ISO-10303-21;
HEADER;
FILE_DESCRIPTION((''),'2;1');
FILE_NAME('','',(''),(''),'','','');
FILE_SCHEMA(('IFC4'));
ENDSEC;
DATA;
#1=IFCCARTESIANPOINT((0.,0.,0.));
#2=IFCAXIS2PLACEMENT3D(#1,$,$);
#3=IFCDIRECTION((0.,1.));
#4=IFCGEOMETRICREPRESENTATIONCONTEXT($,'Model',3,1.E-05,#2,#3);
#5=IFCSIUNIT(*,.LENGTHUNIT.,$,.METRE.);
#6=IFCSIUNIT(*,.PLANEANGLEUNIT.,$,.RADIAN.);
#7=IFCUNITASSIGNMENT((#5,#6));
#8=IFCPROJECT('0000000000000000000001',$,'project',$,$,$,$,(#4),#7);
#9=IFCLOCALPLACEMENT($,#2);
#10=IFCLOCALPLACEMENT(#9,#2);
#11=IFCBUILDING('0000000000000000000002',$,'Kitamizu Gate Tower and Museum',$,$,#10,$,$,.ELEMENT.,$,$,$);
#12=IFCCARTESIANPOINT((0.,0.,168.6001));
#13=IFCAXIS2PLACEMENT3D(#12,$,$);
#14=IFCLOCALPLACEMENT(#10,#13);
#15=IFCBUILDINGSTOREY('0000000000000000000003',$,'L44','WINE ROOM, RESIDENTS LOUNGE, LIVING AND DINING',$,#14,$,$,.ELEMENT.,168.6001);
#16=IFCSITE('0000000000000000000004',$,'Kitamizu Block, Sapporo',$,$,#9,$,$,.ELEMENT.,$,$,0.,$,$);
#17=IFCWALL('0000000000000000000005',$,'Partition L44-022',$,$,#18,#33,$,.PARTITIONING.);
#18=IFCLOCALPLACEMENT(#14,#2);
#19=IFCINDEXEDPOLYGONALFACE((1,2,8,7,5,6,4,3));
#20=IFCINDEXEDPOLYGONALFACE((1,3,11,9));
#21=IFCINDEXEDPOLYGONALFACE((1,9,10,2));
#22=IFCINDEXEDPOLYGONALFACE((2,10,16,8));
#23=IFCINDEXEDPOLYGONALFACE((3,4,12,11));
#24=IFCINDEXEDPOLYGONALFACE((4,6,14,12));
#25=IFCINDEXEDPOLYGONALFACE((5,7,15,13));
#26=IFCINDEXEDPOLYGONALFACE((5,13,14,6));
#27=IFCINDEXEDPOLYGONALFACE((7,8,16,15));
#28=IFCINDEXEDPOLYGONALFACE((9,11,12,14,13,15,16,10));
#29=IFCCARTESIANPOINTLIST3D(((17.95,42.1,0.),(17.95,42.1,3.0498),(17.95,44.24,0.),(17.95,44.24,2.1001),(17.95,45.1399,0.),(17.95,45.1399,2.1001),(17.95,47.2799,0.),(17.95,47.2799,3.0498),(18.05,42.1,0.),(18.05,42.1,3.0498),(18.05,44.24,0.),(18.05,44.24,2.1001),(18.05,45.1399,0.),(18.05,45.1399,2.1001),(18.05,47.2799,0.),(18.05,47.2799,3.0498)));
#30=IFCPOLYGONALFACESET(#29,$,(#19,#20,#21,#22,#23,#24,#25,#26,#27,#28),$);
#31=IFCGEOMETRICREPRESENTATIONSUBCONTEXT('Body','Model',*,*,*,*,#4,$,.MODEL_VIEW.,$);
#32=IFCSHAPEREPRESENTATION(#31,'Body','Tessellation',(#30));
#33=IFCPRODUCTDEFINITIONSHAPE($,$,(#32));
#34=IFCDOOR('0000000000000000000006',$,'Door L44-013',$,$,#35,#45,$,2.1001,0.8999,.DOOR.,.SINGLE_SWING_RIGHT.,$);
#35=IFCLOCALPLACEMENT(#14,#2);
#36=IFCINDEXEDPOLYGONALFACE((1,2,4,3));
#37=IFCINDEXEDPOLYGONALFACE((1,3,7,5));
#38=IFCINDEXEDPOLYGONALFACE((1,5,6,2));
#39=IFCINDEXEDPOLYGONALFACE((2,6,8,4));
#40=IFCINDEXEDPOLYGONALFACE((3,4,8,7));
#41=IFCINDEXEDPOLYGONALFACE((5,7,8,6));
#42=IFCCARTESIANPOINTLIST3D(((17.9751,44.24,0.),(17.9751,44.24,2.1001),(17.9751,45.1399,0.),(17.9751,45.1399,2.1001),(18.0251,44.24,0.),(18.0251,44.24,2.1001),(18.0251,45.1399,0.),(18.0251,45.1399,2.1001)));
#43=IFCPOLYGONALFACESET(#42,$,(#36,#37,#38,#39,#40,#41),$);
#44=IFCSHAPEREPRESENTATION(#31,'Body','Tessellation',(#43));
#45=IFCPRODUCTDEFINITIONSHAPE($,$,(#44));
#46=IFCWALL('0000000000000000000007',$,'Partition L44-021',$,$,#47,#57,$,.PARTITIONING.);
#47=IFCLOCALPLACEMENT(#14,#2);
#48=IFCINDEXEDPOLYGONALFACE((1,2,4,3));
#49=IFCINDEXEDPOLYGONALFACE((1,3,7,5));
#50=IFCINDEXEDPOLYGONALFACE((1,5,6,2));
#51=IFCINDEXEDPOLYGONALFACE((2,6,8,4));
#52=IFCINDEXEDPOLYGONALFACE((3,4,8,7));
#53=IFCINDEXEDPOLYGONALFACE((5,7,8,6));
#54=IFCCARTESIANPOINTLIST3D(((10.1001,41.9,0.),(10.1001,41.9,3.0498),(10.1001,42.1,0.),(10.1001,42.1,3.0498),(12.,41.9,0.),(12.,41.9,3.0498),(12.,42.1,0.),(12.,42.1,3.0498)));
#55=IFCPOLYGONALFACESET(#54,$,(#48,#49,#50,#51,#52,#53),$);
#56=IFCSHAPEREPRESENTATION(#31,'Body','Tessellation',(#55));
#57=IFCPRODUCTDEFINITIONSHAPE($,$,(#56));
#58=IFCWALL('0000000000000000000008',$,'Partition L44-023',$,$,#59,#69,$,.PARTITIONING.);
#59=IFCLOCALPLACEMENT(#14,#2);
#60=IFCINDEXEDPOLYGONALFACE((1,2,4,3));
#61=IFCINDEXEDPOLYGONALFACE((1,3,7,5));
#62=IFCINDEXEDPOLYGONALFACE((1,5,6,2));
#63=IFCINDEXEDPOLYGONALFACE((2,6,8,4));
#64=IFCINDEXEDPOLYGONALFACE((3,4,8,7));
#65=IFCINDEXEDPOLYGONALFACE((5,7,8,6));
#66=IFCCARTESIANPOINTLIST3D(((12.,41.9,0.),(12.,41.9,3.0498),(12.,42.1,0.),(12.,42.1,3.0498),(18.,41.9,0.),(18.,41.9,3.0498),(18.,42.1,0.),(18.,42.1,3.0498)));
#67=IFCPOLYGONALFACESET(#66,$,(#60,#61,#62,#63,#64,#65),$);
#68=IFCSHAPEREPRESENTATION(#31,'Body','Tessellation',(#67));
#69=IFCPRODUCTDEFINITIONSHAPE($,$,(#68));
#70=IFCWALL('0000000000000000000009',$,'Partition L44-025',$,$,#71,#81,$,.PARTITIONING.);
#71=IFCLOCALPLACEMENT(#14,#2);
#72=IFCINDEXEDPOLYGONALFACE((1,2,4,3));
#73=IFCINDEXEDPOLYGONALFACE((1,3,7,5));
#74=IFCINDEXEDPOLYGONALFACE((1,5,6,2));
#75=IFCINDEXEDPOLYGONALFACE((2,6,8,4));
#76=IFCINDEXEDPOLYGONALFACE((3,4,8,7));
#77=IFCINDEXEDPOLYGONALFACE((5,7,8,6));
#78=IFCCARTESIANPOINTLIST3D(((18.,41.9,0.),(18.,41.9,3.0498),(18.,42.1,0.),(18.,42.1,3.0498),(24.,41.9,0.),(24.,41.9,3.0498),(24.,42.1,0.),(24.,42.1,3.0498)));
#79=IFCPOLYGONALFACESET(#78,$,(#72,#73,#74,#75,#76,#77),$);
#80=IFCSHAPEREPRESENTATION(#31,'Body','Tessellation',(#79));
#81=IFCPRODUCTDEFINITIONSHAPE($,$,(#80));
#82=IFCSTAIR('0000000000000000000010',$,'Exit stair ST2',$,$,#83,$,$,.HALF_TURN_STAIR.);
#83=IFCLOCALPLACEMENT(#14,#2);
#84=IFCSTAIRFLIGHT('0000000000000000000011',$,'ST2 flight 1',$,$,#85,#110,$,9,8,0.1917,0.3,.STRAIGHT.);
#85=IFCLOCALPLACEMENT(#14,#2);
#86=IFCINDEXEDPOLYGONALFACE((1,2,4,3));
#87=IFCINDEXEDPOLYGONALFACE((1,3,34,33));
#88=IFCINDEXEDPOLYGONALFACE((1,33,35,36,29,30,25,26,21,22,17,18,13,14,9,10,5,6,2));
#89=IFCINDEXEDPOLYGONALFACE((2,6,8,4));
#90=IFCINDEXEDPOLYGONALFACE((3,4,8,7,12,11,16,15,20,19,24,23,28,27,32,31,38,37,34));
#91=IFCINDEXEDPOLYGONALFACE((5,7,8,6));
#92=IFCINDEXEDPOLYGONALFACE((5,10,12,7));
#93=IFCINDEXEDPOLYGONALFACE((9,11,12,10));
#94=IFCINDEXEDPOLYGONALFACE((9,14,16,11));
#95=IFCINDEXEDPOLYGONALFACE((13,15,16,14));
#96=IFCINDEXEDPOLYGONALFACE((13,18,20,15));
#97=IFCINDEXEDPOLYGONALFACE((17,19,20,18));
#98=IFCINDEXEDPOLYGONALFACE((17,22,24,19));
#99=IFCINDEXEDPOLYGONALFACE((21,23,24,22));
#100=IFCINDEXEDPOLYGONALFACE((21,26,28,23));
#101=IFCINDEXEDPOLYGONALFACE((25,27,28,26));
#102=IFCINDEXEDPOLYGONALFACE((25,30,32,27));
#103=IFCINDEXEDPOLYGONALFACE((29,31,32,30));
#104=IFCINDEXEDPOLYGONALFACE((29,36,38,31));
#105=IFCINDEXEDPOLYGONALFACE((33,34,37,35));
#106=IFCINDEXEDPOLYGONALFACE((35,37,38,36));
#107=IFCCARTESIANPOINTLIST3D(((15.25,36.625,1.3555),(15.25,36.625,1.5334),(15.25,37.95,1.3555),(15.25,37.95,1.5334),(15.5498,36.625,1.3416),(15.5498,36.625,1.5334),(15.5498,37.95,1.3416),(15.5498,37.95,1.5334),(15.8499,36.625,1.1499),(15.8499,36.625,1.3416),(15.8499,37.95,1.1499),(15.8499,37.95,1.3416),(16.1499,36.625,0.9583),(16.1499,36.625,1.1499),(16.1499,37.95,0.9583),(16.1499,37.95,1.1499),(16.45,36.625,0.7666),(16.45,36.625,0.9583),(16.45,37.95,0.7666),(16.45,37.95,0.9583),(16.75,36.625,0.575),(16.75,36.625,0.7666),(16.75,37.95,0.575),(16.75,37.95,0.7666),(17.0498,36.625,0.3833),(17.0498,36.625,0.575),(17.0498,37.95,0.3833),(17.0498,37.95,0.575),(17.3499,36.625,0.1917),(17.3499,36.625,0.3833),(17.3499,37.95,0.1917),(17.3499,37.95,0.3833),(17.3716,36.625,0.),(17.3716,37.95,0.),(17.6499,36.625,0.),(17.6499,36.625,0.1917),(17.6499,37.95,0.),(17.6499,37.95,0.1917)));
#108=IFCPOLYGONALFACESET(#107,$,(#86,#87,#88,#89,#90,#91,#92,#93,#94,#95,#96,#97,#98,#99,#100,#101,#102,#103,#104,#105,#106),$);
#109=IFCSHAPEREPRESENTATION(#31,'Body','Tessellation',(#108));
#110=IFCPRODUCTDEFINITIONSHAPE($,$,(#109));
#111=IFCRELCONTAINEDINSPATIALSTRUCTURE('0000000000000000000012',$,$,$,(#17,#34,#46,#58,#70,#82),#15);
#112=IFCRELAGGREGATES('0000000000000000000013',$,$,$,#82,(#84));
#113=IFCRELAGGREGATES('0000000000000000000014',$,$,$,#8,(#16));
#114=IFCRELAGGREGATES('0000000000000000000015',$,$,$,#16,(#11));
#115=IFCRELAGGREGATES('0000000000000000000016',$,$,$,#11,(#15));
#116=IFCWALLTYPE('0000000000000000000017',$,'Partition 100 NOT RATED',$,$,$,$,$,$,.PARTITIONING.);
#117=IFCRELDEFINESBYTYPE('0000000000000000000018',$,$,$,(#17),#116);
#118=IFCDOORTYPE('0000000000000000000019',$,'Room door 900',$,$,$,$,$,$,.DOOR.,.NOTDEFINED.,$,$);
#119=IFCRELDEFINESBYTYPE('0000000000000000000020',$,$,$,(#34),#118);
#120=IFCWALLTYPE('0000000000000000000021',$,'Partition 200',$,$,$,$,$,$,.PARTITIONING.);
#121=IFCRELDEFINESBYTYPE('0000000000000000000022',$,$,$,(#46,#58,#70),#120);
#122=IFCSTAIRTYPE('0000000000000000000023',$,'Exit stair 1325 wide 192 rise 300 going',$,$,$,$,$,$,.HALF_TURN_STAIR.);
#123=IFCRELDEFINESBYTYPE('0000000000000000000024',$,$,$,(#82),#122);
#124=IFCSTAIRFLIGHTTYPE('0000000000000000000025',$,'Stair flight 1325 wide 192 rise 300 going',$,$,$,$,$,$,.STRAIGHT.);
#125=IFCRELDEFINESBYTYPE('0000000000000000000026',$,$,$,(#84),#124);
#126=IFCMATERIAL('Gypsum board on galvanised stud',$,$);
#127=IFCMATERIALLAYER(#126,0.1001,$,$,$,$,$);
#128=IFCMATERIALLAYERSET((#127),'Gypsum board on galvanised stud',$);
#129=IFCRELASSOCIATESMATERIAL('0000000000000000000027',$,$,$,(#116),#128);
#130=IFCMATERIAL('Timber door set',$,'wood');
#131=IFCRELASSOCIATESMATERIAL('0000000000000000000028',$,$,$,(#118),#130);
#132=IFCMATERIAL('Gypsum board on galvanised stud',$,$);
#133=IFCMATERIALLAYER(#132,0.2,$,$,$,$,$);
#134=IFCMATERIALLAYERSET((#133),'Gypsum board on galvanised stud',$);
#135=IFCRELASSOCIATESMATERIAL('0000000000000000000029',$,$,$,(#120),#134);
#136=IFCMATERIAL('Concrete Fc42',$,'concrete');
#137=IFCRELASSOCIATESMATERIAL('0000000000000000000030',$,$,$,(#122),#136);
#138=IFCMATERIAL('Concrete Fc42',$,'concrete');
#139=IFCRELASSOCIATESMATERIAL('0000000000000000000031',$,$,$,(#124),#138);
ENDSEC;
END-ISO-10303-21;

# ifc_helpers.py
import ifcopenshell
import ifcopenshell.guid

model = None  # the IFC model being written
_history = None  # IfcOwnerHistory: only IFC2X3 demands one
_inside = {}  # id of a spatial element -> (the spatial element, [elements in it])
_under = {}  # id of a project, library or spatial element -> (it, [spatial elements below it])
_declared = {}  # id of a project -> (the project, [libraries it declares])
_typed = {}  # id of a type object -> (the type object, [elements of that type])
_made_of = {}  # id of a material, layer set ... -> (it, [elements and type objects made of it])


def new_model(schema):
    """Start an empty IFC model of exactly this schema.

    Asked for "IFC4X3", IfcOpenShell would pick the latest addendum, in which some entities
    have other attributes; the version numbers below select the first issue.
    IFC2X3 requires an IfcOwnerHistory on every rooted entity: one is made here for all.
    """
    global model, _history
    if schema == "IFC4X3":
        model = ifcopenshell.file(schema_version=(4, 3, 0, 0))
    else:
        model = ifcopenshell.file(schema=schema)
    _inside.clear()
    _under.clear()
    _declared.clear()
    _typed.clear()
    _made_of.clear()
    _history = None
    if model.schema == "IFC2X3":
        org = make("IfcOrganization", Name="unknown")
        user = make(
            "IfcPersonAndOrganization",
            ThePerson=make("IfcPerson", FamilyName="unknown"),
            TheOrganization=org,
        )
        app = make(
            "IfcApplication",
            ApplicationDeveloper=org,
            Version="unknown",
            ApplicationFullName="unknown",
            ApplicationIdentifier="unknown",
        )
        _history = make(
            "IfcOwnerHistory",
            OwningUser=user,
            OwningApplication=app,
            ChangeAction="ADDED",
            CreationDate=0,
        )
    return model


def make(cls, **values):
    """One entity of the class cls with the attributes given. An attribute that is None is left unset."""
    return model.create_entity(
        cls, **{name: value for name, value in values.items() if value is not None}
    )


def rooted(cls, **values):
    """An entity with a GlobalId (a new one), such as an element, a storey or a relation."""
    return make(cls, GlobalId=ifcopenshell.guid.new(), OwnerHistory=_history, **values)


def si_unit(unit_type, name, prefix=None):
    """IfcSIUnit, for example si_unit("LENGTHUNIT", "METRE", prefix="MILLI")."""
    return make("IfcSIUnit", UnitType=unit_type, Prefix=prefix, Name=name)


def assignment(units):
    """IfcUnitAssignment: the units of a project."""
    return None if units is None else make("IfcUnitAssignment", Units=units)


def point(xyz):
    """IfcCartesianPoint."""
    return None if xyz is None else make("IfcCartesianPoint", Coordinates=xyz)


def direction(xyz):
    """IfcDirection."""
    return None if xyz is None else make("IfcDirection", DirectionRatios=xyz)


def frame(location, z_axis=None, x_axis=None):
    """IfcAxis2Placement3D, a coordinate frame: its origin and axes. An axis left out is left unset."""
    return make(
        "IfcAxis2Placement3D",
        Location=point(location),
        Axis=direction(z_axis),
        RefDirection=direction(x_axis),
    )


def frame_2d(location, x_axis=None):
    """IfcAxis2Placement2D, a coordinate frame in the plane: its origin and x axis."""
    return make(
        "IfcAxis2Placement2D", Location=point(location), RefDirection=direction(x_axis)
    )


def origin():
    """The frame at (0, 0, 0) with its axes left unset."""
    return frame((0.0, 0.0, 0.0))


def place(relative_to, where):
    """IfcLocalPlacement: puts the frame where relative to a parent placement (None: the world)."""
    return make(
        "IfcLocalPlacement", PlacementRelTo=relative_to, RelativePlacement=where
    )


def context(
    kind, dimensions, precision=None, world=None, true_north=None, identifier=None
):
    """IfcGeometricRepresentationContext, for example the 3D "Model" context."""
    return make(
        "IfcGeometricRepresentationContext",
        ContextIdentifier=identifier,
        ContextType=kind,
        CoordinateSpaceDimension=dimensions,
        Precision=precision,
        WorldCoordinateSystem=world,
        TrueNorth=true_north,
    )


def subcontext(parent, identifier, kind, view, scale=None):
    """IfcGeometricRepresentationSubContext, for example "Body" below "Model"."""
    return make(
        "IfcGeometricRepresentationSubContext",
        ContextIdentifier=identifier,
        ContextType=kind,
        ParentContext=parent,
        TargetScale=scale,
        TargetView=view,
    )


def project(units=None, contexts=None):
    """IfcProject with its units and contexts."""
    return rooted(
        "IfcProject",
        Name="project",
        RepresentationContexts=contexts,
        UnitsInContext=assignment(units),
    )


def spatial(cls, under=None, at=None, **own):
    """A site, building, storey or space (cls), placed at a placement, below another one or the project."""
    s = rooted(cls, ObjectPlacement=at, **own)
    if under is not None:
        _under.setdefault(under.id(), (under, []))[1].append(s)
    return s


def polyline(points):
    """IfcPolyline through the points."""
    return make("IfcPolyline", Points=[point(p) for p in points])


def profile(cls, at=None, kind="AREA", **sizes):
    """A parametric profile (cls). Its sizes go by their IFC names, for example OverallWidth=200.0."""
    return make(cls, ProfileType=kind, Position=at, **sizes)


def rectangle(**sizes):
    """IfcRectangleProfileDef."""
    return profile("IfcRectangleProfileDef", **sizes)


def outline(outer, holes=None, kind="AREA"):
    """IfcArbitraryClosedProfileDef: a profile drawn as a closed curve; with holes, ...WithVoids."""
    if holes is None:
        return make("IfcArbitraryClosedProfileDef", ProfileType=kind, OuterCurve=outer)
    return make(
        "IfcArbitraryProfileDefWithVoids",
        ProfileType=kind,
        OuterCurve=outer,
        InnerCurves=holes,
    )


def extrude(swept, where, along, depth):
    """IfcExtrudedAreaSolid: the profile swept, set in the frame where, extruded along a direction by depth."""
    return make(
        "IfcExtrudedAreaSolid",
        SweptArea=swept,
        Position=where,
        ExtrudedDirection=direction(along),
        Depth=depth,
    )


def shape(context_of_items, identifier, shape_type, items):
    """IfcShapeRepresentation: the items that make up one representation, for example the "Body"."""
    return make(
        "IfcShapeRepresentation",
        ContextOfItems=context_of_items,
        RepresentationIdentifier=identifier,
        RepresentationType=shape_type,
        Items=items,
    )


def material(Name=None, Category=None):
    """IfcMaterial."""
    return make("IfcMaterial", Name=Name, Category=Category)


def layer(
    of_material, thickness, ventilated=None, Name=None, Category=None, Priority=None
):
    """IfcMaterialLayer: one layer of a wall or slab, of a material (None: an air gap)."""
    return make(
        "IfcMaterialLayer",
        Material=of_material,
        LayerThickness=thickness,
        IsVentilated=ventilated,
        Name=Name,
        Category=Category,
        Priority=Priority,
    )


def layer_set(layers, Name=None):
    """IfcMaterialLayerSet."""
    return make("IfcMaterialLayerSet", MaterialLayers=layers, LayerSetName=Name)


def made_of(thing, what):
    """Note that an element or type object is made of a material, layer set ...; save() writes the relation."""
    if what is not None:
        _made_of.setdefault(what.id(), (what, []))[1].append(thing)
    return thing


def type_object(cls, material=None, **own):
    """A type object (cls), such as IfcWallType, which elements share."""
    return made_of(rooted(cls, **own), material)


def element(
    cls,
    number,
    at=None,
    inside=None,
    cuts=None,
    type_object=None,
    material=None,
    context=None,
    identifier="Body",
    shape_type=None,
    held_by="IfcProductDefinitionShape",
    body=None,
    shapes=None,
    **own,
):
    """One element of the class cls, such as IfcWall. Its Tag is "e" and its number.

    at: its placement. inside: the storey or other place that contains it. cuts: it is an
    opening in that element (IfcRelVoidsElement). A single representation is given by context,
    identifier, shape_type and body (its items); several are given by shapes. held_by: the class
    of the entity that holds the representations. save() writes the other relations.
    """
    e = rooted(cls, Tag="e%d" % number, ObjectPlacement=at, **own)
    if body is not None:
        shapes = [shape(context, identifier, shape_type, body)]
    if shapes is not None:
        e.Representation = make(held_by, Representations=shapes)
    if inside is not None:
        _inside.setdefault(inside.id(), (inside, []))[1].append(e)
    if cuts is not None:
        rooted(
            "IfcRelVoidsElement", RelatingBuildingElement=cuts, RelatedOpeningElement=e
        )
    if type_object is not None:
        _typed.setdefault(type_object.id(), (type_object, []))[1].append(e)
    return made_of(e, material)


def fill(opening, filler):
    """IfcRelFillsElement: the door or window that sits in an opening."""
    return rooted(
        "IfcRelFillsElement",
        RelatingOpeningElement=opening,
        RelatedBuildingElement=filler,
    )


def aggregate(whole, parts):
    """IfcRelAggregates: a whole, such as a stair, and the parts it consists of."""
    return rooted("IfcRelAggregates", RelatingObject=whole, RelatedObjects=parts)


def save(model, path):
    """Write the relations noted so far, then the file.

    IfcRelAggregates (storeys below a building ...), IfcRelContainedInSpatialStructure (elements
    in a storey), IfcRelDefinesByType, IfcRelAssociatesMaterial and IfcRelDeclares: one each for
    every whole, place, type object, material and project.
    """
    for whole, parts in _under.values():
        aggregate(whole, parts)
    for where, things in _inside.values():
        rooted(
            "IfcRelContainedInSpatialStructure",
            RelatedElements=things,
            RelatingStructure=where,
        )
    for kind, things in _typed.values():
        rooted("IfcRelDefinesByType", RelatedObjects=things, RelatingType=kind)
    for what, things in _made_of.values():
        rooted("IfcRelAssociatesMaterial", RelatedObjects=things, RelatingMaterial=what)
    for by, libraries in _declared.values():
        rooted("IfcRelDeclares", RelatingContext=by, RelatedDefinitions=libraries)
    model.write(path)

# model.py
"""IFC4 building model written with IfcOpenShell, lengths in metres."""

from ifc_helpers import new_model, si_unit, direction, frame, frame_2d, origin, place, context, subcontext, project, spatial, polyline, rectangle, outline, extrude, material, layer, layer_set, type_object, element, fill, aggregate, save


model = new_model("IFC4")

# Units and contexts
model_context = context("Model", 3, precision=1e-05, world=origin(), true_north=direction((0.0, 1.0)))
body_context = subcontext(model_context, "Body", "Model", "MODEL_VIEW")
ifc_project = project(units=[si_unit("LENGTHUNIT", "METRE"), si_unit("PLANEANGLEUNIT", "RADIAN")], contexts=[model_context])

# Site, building, storey
site_placement = place(None, origin())
site = spatial("IfcSite", under=ifc_project, at=site_placement, Name="Kitamizu Block, Sapporo", CompositionType="ELEMENT", RefElevation=0.0)
building_placement = place(site_placement, origin())
building = spatial("IfcBuilding", under=site, at=building_placement, Name="Kitamizu Gate Tower and Museum", CompositionType="ELEMENT")
storey_placement = place(building_placement, frame((0.0, 0.0, 168.6001)))
storey = spatial("IfcBuildingStorey", under=building, at=storey_placement, Name="L44", Description="WINE ROOM, RESIDENTS LOUNGE, LIVING AND DINING", CompositionType="ELEMENT", Elevation=168.6001)

# Wall, opening, door
ifc_material_1 = material(Name="Gypsum board on galvanised stud")
ifc_layer_1 = layer(ifc_material_1, 0.1001)
ifc_layer_set_1 = layer_set([ifc_layer_1], Name="Gypsum board on galvanised stud")
wall_type_1 = type_object("IfcWallType", Name="Partition 100 NOT RATED", PredefinedType="PARTITIONING", material=ifc_layer_set_1)
ifc_material_2 = material(Name="Timber door set", Category="wood")
door_type_1 = type_object("IfcDoorType", Name="Room door 900", OperationType="NOTDEFINED", PredefinedType="DOOR", material=ifc_material_2)
wall_1_placement = place(storey_placement, frame((18.0, 42.1001, 0.0), z_axis=(0.0, 0.0, 1.0), x_axis=(0.0, 1.0, 0.0)))
wall_1 = element("IfcWall", 1, at=wall_1_placement, inside=storey, type_object=wall_type_1, Name="Partition L44-022", PredefinedType="PARTITIONING", context=body_context, shape_type="SweptSolid", body=[
    extrude(rectangle(XDim=5.1799, YDim=0.1001, at=frame_2d((2.5898, 0.0))), origin(), (0.0, 0.0, 1.0), 3.0498),
])
opening_1_placement = place(wall_1_placement, frame((2.1399, 0.0, 0.0)))
opening_1 = element("IfcOpeningElement", 2, at=opening_1_placement, cuts=wall_1, PredefinedType="OPENING", context=body_context, shape_type="SweptSolid", body=[
    extrude(rectangle(XDim=0.8999, YDim=2.1001, at=frame_2d((0.45, 1.05))), frame((0.0, 0.0601, 0.0), z_axis=(0.0, -1.0, 0.0), x_axis=(1.0, 0.0, 0.0)), (0.0, 0.0, 1.0), 0.1201),
])
door_1_placement = place(opening_1_placement, origin())
door_1 = element("IfcDoor", 3, at=door_1_placement, inside=storey, type_object=door_type_1, Name="Door L44-013", OperationType="SINGLE_SWING_RIGHT", OverallHeight=2.1001, OverallWidth=0.8999, PredefinedType="DOOR", context=body_context, shape_type="SweptSolid", body=[
    extrude(rectangle(XDim=0.8999, YDim=2.1001, at=frame_2d((0.45, 1.05))), frame((0.0, 0.0249, 0.0), z_axis=(0.0, -1.0, 0.0), x_axis=(1.0, 0.0, 0.0)), (0.0, 0.0, 1.0), 0.05),
])
fill(opening_1, door_1)

# Walls
ifc_material_3 = material(Name="Gypsum board on galvanised stud")
ifc_layer_2 = layer(ifc_material_3, 0.2)
ifc_layer_set_2 = layer_set([ifc_layer_2], Name="Gypsum board on galvanised stud")
wall_type_2 = type_object("IfcWallType", Name="Partition 200", PredefinedType="PARTITIONING", material=ifc_layer_set_2)
wall_2_placement = place(storey_placement, frame((10.1001, 42.0, 0.0), z_axis=(0.0, 0.0, 1.0), x_axis=(1.0, 0.0, 0.0)))
element("IfcWall", 4, at=wall_2_placement, inside=storey, type_object=wall_type_2, Name="Partition L44-021", PredefinedType="PARTITIONING", context=body_context, shape_type="SweptSolid", body=[
    extrude(rectangle(XDim=1.8999, YDim=0.2, at=frame_2d((0.95, 0.0))), origin(), (0.0, 0.0, 1.0), 3.0498),
])
for number, where, z_axis, x_axis, name in (
    (5, (12.0, 42.0, 0.0), (0.0, 0.0, 1.0), (1.0, 0.0, 0.0), "Partition L44-023"),
    (6, (18.0, 42.0, 0.0), (0.0, 0.0, 1.0), (1.0, 0.0, 0.0), "Partition L44-025"),
):
    element("IfcWall", number, at=place(storey_placement, frame(where, z_axis=z_axis, x_axis=x_axis)), inside=storey, type_object=wall_type_2, Name=name, PredefinedType="PARTITIONING", context=body_context, shape_type="SweptSolid", body=[
        extrude(rectangle(XDim=6.0, YDim=0.2, at=frame_2d((3.0, 0.0))), origin(), (0.0, 0.0, 1.0), 3.0498),
    ])

# Stair, stair flight
ifc_material_4 = material(Name="Concrete Fc42", Category="concrete")
stair_type = type_object("IfcStairType", Name="Exit stair 1325 wide 192 rise 300 going", PredefinedType="HALF_TURN_STAIR", material=ifc_material_4)
stair_placement = place(storey_placement, origin())
stair = element("IfcStair", 7, at=stair_placement, inside=storey, type_object=stair_type, Name="Exit stair ST2", PredefinedType="HALF_TURN_STAIR")
ifc_material_5 = material(Name="Concrete Fc42", Category="concrete")
stair_flight_type = type_object("IfcStairFlightType", Name="Stair flight 1325 wide 192 rise 300 going", PredefinedType="STRAIGHT", material=ifc_material_5)
stair_flight_placement = place(storey_placement, frame((17.6499, 37.2876, 0.0), z_axis=(0.0, 0.0, 1.0), x_axis=(-1.0, 0.0, 0.0)))
stair_flight = element("IfcStairFlight", 8, at=stair_flight_placement, type_object=stair_flight_type, Name="ST2 flight 1", NumberOfRisers=9, NumberOfTreads=8, PredefinedType="STRAIGHT", RiserHeight=0.1917, TreadLength=0.3, context=body_context, shape_type="SweptSolid", body=[
    extrude(outline(polyline([(0.0, 0.0), (0.0, 0.1917), (0.3, 0.1917), (0.3, 0.3833), (0.6001, 0.3833), (0.6001, 0.575), (0.8999, 0.575), (0.8999, 0.7666), (1.2, 0.7666), (1.2, 0.9583), (1.5, 0.9583), (1.5, 1.1499), (1.8, 1.1499), (1.8, 1.3416), (2.1001, 1.3416), (2.1001, 1.5334), (2.3999, 1.5334), (2.3999, 1.7251), (2.3999, 1.3555), (0.2783, 0.0), (0.0, 0.0)])), frame((0.0, 0.6626, 0.0), z_axis=(0.0, -1.0, 0.0), x_axis=(1.0, 0.0, 0.0)), (0.0, 0.0, 1.0), 1.325),
])
aggregate(stair, [stair_flight])

save(model, "model.ifc")
